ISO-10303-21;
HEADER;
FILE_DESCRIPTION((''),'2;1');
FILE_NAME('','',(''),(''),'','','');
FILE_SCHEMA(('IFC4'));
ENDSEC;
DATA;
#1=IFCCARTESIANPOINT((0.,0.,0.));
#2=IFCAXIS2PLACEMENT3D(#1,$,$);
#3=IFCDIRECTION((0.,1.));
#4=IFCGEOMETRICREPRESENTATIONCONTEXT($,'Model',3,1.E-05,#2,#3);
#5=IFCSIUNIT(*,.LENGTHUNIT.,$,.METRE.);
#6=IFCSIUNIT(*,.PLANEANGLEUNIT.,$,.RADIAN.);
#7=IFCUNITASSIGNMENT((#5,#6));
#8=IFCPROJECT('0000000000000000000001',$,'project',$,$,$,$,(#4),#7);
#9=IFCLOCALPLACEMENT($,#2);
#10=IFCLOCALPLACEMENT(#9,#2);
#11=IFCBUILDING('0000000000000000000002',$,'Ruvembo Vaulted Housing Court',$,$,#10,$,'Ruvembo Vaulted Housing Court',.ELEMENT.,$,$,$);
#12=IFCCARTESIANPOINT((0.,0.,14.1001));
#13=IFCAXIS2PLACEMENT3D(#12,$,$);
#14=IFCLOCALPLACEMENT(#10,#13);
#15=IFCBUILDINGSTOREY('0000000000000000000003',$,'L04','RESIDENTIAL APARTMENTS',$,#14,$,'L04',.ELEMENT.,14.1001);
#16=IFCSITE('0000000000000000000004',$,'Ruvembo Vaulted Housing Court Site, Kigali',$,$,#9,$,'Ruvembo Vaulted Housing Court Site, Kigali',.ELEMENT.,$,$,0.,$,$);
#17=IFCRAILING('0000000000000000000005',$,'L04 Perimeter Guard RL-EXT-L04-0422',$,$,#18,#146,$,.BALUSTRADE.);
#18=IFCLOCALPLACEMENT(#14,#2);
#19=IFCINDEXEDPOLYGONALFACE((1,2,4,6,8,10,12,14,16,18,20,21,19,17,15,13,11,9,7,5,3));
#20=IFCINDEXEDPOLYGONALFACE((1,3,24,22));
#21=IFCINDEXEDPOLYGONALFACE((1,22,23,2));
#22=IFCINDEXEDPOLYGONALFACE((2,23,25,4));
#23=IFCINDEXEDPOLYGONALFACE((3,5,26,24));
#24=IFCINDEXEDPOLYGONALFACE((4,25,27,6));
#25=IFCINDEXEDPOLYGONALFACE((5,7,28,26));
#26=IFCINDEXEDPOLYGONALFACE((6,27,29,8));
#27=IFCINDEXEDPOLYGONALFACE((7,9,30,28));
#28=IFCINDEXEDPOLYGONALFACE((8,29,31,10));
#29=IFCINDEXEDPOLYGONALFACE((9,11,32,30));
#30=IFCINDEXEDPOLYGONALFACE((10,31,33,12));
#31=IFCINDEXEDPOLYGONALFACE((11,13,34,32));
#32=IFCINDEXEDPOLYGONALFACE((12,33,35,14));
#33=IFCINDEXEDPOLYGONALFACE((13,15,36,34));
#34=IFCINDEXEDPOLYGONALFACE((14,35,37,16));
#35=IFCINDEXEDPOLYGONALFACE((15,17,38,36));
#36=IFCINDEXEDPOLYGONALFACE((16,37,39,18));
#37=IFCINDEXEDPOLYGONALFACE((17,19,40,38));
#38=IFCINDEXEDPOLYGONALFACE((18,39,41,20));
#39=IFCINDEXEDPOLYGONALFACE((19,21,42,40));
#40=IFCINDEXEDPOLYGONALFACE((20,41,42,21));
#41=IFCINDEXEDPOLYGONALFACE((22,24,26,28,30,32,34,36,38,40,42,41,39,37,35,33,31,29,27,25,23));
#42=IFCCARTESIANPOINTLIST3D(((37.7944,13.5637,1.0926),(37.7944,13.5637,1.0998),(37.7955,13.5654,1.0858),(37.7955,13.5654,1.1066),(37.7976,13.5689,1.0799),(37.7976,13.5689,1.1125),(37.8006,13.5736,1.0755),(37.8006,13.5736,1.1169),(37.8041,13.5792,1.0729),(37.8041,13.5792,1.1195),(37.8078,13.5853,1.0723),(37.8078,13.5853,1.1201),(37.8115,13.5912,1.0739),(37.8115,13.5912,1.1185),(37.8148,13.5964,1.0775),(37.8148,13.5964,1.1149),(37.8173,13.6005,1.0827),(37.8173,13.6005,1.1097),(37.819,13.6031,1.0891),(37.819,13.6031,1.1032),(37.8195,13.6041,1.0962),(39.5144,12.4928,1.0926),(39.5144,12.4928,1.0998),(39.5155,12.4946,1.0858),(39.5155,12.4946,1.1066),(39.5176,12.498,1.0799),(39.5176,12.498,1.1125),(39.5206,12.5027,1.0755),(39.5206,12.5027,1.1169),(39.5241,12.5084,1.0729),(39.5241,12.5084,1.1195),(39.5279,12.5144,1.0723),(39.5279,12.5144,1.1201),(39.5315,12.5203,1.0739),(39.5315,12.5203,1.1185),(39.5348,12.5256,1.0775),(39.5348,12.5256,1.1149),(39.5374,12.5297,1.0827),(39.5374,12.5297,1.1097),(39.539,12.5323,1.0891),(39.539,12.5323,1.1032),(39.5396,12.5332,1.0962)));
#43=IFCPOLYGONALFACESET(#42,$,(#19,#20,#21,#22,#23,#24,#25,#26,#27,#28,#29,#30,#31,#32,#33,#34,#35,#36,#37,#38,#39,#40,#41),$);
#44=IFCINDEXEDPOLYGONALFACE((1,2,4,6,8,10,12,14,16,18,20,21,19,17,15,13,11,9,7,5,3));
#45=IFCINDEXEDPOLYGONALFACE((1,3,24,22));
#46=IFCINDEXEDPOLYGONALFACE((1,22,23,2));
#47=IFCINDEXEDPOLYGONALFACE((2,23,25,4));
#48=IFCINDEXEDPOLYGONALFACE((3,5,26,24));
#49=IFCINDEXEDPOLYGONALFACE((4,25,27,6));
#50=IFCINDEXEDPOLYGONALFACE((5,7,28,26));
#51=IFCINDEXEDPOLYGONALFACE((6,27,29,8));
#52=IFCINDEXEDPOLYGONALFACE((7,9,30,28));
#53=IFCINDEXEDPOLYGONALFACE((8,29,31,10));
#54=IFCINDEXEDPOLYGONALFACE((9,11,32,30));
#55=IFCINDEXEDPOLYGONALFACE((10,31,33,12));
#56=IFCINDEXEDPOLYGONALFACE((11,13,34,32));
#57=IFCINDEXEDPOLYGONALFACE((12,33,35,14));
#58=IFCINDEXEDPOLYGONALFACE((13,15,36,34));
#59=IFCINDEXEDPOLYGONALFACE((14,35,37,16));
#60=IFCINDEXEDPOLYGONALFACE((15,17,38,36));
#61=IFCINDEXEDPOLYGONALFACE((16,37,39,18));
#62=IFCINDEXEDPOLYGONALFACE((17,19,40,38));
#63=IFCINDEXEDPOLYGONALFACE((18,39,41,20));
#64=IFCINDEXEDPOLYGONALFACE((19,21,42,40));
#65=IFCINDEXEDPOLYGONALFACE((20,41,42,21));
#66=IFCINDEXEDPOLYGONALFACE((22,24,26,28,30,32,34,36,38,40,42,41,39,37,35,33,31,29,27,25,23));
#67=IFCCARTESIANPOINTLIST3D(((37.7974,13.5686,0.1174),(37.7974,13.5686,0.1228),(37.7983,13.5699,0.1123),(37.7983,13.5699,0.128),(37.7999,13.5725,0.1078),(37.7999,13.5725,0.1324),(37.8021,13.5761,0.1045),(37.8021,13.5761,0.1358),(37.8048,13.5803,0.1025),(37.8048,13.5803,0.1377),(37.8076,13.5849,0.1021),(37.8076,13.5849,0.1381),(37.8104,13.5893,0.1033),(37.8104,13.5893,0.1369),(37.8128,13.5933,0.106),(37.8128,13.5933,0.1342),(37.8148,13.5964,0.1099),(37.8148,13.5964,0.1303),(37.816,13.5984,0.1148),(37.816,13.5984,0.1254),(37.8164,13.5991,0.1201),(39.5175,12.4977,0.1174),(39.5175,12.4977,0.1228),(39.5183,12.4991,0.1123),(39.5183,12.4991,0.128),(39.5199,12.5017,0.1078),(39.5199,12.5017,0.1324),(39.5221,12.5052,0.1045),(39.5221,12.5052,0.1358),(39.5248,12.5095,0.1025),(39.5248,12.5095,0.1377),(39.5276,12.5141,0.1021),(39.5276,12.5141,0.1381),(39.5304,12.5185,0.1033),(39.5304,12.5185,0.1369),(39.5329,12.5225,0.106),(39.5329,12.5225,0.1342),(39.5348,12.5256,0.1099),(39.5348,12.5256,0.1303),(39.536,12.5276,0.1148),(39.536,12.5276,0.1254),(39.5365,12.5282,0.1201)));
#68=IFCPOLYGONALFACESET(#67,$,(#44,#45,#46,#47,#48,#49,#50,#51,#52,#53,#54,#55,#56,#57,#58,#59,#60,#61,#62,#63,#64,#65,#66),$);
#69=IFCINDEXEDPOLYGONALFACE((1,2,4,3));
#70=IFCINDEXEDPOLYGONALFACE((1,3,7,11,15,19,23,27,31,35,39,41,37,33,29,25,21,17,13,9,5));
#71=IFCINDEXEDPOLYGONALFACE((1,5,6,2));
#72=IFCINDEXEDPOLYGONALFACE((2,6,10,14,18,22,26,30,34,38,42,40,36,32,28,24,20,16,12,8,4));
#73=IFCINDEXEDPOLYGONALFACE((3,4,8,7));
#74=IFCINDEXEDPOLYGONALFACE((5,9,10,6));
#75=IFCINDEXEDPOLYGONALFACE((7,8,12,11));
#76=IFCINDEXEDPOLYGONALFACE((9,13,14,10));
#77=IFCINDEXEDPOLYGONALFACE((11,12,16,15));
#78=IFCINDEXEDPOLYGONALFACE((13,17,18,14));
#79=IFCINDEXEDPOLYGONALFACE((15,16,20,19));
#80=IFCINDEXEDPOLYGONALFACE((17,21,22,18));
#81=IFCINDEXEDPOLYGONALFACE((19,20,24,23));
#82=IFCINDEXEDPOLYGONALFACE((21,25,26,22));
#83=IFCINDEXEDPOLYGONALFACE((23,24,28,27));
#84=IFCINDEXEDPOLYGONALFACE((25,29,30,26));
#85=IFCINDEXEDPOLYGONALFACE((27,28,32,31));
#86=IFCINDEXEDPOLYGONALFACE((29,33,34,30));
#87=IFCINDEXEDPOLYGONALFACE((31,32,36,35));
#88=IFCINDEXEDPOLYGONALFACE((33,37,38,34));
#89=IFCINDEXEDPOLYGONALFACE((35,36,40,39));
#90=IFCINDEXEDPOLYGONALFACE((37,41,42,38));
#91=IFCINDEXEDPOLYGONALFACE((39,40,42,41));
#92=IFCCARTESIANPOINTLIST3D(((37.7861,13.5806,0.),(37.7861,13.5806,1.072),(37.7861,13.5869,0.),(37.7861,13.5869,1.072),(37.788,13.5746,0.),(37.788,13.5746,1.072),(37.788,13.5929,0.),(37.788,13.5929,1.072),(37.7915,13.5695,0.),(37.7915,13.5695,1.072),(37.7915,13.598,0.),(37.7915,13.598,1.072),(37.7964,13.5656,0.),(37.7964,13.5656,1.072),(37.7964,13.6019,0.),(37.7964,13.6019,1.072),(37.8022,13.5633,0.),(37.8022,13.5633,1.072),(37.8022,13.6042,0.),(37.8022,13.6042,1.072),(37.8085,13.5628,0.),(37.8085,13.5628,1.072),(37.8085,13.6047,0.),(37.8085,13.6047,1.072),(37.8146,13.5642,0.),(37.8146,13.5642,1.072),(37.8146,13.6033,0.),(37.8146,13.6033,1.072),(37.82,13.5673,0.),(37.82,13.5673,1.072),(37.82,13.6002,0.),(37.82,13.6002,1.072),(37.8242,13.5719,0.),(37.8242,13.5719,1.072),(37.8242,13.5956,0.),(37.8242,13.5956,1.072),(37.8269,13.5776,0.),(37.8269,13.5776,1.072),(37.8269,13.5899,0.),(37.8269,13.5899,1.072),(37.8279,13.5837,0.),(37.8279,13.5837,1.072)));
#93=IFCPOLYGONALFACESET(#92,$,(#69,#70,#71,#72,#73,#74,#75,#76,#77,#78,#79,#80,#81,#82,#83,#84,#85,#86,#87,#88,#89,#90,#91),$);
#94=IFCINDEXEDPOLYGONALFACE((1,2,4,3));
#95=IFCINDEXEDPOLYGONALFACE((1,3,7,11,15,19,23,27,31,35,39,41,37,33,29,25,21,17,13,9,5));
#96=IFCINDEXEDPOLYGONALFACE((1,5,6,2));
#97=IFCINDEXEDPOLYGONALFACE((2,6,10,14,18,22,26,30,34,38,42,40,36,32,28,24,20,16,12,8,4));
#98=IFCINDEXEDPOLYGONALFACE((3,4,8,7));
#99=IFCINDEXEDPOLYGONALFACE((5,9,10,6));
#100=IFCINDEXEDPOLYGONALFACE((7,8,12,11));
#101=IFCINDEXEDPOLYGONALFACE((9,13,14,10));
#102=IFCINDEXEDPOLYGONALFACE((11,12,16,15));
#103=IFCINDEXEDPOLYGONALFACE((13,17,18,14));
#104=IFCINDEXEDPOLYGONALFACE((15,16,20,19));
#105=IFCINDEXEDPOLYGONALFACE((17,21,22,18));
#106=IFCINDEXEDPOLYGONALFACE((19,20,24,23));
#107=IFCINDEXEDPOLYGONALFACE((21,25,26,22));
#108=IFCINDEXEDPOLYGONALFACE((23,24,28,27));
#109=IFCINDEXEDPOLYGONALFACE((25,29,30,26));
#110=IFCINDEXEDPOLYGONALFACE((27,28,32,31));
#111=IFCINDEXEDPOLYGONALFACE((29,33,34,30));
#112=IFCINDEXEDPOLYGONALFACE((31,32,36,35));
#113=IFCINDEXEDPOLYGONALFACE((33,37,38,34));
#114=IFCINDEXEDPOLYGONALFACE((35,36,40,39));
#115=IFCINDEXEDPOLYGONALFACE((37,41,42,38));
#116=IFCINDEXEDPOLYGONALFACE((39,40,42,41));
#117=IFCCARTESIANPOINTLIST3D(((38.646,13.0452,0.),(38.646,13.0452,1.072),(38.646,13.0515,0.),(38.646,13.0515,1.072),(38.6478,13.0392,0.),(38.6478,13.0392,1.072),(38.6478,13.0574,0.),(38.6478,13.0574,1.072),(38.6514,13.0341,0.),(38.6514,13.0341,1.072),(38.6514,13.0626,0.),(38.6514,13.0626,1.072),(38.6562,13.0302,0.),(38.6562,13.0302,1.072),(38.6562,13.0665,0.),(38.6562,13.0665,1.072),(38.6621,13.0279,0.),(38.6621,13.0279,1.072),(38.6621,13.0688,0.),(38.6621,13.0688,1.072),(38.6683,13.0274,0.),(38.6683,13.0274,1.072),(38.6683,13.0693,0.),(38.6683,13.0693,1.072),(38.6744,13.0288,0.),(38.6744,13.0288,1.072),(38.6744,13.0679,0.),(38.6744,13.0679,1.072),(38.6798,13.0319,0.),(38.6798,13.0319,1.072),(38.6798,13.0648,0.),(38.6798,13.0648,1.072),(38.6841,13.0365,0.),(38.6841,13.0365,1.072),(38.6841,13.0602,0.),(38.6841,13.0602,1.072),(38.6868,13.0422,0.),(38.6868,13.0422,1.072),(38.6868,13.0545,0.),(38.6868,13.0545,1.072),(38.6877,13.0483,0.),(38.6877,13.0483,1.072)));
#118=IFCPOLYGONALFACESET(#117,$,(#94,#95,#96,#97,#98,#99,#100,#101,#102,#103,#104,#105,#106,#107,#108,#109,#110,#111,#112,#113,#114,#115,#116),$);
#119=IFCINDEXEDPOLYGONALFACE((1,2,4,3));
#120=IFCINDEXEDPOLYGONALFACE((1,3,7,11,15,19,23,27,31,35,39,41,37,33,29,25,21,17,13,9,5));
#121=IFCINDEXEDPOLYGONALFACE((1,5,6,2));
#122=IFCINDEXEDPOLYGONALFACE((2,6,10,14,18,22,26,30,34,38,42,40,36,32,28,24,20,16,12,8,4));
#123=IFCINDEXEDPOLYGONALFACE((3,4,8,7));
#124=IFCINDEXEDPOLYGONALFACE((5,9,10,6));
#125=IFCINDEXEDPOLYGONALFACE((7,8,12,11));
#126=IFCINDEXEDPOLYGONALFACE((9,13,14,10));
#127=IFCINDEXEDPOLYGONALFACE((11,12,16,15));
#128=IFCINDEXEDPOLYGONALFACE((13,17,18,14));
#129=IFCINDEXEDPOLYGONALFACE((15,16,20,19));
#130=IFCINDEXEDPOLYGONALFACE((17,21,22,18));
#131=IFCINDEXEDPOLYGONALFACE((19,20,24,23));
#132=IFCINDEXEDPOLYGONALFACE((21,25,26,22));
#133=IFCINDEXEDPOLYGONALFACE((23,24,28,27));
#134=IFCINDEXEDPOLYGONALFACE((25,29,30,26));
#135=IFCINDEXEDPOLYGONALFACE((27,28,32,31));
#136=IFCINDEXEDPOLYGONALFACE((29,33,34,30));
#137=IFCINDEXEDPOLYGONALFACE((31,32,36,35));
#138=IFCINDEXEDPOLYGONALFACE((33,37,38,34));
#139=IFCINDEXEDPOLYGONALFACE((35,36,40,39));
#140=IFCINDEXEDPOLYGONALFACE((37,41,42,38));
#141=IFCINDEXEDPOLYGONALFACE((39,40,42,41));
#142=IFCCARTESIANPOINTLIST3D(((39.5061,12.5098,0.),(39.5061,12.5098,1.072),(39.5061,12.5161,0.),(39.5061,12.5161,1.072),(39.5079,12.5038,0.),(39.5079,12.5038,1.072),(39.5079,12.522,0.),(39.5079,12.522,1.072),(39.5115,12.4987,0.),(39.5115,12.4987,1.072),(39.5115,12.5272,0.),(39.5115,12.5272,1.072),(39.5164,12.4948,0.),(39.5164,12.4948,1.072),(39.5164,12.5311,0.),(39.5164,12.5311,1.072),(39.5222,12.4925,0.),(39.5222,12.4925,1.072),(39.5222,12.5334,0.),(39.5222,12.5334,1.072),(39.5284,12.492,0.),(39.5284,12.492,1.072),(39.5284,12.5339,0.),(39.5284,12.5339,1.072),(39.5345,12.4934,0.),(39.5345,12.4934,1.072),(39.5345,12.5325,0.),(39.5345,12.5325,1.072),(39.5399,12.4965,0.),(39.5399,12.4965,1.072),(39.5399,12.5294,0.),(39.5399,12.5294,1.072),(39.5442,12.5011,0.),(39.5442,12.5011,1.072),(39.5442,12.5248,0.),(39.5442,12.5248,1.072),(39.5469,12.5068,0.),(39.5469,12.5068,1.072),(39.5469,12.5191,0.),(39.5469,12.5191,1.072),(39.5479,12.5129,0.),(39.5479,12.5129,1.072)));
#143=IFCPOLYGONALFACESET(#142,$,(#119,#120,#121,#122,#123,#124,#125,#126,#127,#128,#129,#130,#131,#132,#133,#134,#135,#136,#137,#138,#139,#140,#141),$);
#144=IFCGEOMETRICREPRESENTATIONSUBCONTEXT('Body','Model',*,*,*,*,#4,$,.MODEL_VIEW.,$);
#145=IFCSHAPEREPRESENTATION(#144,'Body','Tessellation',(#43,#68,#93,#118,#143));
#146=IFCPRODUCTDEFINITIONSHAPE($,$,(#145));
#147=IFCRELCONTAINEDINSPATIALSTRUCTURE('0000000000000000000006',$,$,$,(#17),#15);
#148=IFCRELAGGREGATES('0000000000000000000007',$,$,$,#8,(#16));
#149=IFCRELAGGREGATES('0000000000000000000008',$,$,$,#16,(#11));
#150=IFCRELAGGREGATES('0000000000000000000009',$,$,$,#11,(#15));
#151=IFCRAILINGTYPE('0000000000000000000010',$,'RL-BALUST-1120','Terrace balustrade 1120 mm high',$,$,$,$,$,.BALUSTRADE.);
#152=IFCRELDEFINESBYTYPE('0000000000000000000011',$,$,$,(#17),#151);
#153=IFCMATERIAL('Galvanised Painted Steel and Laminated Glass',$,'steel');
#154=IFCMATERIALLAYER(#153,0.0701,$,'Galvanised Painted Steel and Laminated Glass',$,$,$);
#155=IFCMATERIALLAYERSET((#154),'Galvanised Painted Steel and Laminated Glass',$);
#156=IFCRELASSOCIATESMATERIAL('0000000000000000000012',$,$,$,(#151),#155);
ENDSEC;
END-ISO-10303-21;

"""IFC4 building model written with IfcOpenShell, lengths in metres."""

from ifc_helpers import new_model, si_unit, direction, frame, origin, origin_2d, place, context, subcontext, project, spatial, circle, extrude, material, layer, layer_set, type_object, element, save


model = new_model("IFC4")

# Units and contexts
model_context = context("Model", 3, precision=1e-05, world=origin(), true_north=direction((0.0, 1.0)))
body_context = subcontext(model_context, "Body", "Model", "MODEL_VIEW")
ifc_project = project(units=[si_unit("LENGTHUNIT", "METRE"), si_unit("PLANEANGLEUNIT", "RADIAN")], contexts=[model_context])

# Site, building, storey
site_placement = place(None, origin())
site = spatial("IfcSite", under=ifc_project, at=site_placement, Name="Ruvembo Vaulted Housing Court Site, Kigali", LongName="Ruvembo Vaulted Housing Court Site, Kigali", CompositionType="ELEMENT", RefElevation=0.0)
building_placement = place(site_placement, origin())
building = spatial("IfcBuilding", under=site, at=building_placement, Name="Ruvembo Vaulted Housing Court", LongName="Ruvembo Vaulted Housing Court", CompositionType="ELEMENT")
storey_placement = place(building_placement, frame((0.0, 0.0, 14.1001)))
storey = spatial("IfcBuildingStorey", under=building, at=storey_placement, Name="L04", Description="RESIDENTIAL APARTMENTS", LongName="L04", CompositionType="ELEMENT", Elevation=14.1001)

# Railing
ifc_material_1 = material(Name="Galvanised Painted Steel and Laminated Glass", Category="steel")
ifc_layer_1 = layer(ifc_material_1, 0.0701, Name="Galvanised Painted Steel and Laminated Glass")
ifc_layer_set_1 = layer_set([ifc_layer_1], Name="Galvanised Painted Steel and Laminated Glass")
railing_type_1 = type_object("IfcRailingType", Name="RL-BALUST-1120", Description="Terrace balustrade 1120 mm high", PredefinedType="BALUSTRADE", material=ifc_layer_set_1)
railing_1_placement = place(storey_placement, frame((37.8069, 13.5837, 0.0)))
element("IfcRailing", 1, at=railing_1_placement, inside=storey, type_object=railing_type_1, Name="L04 Perimeter Guard RL-EXT-L04-0422", PredefinedType="BALUSTRADE", context=body_context, shape_type="SweptSolid", body=[
    extrude(circle(Radius=0.0239, at=origin_2d()), frame((0.0, 0.0, 1.0962), z_axis=(0.848924, -0.528514, 0.0), x_axis=(0.528514, 0.848924, 0.0)), (0.0, 0.0, 1.0), 2.0261),
    extrude(circle(Radius=0.0181, at=origin_2d()), frame((0.0, 0.0, 0.1201), z_axis=(0.848924, -0.528514, 0.0), x_axis=(0.528514, 0.848924, 0.0)), (0.0, 0.0, 1.0), 2.0261),
    extrude(circle(Radius=0.021, at=origin_2d()), origin(), (0.0, 0.0, 1.0), 1.072),
    extrude(circle(Radius=0.021, at=origin_2d()), frame((0.8599, -0.5354, 0.0)), (0.0, 0.0, 1.0), 1.072),
    extrude(circle(Radius=0.021, at=origin_2d()), frame((1.72, -1.0708, 0.0)), (0.0, 0.0, 1.0), 1.072),
])

save(model, "model.ifc")
